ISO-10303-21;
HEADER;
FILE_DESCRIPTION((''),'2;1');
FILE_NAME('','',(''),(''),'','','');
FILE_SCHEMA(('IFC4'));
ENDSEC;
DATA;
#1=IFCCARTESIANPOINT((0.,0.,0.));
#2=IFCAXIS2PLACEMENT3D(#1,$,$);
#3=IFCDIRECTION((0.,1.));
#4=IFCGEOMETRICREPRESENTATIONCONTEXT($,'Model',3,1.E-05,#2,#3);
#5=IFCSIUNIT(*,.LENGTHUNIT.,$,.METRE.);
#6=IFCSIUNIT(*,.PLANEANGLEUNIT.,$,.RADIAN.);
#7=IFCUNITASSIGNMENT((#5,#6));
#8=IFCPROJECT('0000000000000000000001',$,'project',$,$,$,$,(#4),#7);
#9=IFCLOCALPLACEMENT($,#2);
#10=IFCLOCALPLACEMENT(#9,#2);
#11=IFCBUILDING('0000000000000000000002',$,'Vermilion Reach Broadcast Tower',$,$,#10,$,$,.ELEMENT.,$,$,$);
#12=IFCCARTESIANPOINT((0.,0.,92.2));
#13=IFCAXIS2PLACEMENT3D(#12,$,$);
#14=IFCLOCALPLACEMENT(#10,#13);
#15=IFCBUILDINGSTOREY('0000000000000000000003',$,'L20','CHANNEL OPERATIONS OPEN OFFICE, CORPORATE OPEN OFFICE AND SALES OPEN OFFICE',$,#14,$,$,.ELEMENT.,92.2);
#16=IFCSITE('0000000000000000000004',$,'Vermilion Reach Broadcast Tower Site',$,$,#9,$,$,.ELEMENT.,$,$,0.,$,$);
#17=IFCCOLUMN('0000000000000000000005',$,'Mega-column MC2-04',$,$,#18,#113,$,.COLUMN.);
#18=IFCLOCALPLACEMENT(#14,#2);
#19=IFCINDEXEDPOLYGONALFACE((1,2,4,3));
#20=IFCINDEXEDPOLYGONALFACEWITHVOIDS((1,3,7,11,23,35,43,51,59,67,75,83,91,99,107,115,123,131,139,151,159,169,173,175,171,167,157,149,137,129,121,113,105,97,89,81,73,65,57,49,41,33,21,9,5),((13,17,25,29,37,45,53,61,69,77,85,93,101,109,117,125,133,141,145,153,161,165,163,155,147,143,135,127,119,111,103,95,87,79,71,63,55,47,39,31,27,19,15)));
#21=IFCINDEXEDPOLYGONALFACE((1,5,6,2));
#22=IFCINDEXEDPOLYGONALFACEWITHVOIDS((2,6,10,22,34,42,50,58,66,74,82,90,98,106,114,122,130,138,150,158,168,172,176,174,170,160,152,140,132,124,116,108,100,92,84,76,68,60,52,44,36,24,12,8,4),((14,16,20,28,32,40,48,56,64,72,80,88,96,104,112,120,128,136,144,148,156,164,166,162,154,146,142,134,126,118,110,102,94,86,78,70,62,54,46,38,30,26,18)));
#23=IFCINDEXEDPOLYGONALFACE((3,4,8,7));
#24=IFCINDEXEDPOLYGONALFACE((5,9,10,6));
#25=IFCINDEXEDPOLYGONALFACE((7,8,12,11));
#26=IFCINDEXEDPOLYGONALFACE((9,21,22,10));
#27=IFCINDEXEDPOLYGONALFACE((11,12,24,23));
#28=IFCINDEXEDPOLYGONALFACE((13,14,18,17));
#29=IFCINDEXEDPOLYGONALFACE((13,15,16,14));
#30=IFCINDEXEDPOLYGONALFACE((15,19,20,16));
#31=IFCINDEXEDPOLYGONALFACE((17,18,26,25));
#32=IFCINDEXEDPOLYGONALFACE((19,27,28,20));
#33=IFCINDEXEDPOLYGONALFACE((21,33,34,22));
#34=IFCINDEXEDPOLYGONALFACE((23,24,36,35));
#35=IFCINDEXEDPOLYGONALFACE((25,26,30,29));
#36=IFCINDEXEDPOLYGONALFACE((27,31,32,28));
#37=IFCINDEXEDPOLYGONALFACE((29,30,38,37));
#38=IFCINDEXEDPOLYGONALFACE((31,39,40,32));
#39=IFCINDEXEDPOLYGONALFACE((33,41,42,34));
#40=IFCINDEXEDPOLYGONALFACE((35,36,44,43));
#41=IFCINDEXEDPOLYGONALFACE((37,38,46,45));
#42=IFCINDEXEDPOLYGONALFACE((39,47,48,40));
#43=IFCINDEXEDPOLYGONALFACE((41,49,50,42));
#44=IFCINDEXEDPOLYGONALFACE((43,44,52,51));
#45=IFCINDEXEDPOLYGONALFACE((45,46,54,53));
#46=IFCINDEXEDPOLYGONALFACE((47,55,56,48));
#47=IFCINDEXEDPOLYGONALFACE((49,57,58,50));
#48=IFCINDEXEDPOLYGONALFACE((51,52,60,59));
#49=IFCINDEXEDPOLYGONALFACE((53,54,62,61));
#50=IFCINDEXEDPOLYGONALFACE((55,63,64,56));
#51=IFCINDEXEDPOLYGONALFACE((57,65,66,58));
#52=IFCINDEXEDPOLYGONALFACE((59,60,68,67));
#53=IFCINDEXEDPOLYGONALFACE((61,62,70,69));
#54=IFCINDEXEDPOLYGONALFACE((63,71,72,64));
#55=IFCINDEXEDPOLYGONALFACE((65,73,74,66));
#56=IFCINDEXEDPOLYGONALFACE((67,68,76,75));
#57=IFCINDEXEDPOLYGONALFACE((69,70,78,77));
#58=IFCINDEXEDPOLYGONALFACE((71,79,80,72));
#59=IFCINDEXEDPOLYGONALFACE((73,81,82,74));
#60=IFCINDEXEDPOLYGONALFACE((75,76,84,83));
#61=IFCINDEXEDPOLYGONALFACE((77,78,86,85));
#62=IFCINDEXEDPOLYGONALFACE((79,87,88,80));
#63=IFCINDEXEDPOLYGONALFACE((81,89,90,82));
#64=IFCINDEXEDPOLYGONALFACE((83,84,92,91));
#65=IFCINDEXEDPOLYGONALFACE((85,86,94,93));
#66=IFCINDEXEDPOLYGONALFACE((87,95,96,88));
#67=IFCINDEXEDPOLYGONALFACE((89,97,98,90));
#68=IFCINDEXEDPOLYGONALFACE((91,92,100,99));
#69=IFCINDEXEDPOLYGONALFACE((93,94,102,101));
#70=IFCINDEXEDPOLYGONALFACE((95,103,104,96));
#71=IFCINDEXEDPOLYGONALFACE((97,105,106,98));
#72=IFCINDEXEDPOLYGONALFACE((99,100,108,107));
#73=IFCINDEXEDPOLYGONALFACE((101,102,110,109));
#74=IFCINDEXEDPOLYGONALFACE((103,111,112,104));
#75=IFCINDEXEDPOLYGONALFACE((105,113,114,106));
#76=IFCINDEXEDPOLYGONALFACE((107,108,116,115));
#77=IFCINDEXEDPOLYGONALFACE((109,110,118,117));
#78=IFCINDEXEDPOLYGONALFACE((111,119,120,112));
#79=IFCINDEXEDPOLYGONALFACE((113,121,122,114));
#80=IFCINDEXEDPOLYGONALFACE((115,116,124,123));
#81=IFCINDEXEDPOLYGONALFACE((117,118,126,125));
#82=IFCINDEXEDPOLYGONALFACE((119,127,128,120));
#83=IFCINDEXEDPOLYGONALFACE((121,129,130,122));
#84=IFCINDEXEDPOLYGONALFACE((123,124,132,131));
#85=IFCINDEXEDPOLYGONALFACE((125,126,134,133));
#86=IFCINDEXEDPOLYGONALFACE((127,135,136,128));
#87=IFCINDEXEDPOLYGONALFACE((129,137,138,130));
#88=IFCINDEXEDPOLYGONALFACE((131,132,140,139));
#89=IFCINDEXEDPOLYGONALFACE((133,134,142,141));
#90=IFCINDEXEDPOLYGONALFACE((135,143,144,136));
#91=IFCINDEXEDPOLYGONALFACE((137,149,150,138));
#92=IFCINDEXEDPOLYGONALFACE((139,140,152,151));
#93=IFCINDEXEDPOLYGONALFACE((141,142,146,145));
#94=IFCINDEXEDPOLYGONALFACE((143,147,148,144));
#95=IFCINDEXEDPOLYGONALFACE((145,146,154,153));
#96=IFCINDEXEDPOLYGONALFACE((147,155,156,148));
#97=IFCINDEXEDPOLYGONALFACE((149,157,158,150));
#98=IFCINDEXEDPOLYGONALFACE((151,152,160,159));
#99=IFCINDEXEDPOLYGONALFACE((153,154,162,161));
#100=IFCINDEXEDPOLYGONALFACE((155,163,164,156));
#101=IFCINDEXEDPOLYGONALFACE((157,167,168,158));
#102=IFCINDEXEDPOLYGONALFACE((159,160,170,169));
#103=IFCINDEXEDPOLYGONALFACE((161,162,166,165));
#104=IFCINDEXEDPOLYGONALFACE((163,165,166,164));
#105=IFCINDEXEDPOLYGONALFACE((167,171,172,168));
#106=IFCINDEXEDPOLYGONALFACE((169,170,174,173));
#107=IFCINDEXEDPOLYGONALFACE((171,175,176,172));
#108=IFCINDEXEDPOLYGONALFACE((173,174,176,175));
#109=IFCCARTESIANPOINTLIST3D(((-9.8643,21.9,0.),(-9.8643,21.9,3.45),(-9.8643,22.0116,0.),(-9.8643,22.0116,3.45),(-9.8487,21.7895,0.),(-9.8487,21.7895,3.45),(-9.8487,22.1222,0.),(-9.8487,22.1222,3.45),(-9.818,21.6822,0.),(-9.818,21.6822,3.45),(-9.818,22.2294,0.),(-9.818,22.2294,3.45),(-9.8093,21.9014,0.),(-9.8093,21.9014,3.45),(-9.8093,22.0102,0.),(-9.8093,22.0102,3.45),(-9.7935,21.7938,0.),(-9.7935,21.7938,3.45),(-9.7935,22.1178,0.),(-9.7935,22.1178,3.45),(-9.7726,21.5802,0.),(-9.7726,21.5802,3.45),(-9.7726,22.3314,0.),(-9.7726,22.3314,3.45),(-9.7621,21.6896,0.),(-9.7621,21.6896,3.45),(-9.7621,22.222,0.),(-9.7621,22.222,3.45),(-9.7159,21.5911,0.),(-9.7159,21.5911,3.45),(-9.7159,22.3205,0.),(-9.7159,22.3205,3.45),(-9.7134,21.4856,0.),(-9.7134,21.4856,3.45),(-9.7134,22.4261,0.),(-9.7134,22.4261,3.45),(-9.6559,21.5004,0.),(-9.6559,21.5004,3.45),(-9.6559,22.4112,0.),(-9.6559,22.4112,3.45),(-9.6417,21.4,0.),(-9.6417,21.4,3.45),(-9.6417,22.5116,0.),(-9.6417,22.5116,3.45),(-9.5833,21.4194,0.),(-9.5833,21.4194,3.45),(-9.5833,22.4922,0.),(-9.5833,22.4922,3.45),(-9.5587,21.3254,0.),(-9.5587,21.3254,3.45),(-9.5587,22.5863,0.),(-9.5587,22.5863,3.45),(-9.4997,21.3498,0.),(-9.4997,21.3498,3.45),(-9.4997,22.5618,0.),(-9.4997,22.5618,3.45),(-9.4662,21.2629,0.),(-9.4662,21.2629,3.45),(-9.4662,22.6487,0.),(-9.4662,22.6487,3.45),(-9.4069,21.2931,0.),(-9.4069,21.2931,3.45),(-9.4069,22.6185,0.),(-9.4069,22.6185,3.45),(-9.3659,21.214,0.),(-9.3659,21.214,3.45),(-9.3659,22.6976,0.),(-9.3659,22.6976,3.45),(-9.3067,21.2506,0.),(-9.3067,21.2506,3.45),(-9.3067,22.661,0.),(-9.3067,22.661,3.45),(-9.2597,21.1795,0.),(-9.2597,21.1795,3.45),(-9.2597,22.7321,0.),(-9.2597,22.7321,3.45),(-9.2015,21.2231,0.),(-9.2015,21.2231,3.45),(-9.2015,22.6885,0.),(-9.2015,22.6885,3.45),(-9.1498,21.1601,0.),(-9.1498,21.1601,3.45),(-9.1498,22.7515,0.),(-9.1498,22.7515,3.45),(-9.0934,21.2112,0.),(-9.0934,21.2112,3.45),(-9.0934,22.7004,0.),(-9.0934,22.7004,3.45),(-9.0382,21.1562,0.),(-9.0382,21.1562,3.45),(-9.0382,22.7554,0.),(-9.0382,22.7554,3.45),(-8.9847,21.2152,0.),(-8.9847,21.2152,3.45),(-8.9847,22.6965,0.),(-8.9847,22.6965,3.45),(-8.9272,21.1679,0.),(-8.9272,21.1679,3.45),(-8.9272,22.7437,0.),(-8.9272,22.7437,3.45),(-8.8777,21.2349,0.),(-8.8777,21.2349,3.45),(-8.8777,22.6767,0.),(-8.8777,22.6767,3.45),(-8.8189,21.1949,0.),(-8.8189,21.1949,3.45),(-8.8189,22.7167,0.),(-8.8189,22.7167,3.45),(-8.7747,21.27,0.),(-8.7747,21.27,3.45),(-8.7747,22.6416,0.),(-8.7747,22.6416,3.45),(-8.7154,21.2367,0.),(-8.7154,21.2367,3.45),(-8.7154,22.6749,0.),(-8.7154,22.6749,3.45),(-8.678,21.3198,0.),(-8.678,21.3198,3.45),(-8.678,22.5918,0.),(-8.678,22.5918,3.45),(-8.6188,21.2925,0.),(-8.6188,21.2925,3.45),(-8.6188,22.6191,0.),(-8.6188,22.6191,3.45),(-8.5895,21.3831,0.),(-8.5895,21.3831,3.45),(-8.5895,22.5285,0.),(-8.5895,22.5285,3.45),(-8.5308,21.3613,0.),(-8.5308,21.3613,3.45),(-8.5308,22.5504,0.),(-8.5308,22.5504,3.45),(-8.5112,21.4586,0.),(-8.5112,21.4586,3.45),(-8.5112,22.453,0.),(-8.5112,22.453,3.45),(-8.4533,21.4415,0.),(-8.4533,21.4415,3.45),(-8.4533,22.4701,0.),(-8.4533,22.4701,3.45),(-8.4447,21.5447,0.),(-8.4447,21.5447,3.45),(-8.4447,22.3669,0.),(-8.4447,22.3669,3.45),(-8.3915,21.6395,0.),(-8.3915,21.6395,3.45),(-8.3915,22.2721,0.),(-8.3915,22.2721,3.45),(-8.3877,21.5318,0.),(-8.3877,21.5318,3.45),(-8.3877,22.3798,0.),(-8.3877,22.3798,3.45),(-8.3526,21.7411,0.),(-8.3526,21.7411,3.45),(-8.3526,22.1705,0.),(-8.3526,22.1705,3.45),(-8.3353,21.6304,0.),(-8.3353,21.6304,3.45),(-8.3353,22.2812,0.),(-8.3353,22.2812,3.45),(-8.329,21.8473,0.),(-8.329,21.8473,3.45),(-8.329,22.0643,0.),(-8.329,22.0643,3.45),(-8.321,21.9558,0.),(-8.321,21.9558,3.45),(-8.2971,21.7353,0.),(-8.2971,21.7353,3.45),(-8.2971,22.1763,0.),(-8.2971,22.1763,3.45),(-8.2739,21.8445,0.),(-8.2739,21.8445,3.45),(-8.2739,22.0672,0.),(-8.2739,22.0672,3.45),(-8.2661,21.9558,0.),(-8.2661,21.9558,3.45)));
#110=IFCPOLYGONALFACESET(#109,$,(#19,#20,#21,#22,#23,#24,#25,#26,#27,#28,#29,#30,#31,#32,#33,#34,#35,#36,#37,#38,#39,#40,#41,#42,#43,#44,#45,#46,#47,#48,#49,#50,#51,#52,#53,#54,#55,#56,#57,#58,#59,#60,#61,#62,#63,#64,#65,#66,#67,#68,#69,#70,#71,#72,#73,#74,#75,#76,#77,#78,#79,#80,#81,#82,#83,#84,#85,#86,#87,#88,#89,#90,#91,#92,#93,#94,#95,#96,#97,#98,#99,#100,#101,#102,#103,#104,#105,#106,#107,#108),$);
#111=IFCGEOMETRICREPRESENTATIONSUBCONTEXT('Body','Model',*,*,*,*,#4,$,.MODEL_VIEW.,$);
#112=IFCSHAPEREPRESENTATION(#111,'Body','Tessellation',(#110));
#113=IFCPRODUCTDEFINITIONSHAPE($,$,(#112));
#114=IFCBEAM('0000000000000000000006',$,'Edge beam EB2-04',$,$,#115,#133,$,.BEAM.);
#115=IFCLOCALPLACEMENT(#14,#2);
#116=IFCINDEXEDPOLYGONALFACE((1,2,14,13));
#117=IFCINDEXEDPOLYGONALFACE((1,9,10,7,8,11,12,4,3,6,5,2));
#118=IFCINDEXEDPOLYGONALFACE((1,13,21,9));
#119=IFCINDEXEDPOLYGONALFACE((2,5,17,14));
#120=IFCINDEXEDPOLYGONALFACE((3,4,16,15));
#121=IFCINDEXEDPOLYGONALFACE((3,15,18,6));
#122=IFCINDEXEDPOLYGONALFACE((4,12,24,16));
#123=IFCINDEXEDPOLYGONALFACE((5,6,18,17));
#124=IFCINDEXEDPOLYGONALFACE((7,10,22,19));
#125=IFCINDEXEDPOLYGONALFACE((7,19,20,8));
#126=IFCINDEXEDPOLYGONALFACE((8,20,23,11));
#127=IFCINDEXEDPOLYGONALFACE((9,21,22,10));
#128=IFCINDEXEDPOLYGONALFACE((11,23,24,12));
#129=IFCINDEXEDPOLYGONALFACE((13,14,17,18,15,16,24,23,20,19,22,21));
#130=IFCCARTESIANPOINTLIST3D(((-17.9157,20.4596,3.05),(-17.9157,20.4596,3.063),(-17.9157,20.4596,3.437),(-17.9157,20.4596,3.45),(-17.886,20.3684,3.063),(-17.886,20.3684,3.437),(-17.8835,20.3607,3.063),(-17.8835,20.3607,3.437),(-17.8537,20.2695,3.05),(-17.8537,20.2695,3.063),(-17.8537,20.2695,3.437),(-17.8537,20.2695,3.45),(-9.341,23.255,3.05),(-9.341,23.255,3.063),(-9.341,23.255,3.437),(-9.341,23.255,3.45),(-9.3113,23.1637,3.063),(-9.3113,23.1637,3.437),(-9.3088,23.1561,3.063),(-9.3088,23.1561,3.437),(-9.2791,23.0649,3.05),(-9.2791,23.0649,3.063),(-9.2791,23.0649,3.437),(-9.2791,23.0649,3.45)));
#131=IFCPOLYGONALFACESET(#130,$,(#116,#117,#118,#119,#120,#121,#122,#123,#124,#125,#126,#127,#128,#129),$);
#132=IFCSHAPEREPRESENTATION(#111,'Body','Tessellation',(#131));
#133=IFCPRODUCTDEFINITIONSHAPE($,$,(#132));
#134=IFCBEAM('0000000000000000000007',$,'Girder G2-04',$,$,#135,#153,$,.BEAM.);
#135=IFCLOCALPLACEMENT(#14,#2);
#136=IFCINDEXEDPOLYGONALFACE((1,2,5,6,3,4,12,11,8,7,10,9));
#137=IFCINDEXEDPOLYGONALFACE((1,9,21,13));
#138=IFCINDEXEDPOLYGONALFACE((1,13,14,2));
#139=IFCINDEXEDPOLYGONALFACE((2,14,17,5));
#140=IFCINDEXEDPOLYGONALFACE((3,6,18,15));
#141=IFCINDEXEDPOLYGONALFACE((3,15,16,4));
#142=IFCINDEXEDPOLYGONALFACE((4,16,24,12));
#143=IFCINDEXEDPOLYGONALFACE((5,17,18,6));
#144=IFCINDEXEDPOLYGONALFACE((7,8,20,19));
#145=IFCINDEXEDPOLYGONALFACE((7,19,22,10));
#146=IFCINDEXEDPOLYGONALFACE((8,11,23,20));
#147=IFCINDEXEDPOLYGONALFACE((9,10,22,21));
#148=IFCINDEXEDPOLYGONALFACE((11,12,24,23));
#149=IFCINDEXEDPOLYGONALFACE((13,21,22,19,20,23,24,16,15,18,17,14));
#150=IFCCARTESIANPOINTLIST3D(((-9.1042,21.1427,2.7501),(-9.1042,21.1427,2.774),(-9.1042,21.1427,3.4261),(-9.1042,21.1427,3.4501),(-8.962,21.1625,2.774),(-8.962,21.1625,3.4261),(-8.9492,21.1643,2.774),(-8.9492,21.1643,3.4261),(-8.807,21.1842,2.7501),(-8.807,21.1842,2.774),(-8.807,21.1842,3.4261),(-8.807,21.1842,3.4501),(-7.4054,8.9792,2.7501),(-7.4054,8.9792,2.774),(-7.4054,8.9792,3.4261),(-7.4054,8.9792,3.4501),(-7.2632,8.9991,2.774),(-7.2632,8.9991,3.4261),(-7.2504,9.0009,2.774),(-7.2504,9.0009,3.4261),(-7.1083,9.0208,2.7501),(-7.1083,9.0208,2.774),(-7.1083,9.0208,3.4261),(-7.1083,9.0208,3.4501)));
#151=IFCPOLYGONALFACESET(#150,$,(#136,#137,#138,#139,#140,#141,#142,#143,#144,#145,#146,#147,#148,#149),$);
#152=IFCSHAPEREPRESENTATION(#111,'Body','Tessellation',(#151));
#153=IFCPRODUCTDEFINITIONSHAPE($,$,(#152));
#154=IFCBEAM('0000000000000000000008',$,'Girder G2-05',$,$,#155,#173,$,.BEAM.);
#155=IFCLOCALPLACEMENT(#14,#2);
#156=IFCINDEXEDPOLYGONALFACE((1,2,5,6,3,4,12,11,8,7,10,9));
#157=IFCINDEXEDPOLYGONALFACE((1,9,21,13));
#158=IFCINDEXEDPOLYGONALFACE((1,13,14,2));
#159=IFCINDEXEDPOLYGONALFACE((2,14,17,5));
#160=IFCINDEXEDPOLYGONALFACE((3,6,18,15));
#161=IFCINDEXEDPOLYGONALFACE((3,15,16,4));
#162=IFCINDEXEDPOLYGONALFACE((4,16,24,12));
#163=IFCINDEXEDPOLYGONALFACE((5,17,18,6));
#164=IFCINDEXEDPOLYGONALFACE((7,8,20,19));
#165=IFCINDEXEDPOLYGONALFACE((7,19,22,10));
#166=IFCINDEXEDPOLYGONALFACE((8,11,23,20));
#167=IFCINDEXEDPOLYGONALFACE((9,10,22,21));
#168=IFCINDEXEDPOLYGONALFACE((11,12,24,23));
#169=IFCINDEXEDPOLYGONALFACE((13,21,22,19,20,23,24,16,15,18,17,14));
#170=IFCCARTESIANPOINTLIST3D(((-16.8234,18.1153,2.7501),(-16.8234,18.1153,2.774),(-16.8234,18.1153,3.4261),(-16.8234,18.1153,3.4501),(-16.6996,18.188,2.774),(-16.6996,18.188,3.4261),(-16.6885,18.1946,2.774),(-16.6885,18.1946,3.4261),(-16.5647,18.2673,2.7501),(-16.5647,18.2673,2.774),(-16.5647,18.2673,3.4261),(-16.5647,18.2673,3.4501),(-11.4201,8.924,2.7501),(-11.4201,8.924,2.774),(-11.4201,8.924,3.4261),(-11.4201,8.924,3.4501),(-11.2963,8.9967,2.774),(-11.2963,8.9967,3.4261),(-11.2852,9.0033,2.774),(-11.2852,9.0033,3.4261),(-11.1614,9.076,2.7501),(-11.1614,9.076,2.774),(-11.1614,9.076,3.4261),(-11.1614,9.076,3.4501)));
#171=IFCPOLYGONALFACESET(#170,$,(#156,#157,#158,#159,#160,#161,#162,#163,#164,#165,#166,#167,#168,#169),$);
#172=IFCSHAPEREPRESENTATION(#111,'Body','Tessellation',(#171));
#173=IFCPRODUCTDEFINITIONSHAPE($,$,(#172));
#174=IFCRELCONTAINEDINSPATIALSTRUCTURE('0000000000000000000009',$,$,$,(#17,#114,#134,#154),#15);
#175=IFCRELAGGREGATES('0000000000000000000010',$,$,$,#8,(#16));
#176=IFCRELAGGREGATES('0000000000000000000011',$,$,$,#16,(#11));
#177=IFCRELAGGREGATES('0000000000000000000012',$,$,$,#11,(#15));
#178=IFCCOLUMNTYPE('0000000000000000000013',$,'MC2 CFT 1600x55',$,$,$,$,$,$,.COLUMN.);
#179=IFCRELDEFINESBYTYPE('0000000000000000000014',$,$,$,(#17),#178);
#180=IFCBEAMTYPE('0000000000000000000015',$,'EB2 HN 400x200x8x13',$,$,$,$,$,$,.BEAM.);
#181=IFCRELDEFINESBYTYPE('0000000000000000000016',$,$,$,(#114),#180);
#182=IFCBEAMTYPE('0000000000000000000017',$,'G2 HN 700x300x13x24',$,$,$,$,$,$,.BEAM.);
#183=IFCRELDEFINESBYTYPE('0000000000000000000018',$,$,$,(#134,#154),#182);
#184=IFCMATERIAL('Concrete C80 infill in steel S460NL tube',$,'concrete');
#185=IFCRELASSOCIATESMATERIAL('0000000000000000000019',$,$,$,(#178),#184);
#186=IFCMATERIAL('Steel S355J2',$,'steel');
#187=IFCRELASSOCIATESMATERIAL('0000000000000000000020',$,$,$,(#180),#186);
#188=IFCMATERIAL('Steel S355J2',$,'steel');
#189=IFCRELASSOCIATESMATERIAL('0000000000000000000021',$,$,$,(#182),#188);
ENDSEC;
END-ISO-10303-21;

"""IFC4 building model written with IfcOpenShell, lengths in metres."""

from ifc_helpers import new_model, si_unit, direction, frame, origin, origin_2d, place, context, subcontext, project, spatial, hollow_circle, i_section, extrude, material, material_profile, profile_set, type_object, element, save


model = new_model("IFC4")

# Units and contexts
model_context = context("Model", 3, precision=1e-05, world=origin(), true_north=direction((0.0, 1.0)))
body_context = subcontext(model_context, "Body", "Model", "MODEL_VIEW")
ifc_project = project(units=[si_unit("LENGTHUNIT", "METRE"), si_unit("PLANEANGLEUNIT", "RADIAN")], contexts=[model_context])

# Site, building, storey
site_placement = place(None, origin())
site = spatial("IfcSite", under=ifc_project, at=site_placement, Name="Vermilion Reach Broadcast Tower Site", CompositionType="ELEMENT", RefElevation=0.0)
building_placement = place(site_placement, origin())
building = spatial("IfcBuilding", under=site, at=building_placement, Name="Vermilion Reach Broadcast Tower", CompositionType="ELEMENT")
storey_placement = place(building_placement, frame((0.0, 0.0, 92.2)))
storey = spatial("IfcBuildingStorey", under=building, at=storey_placement, Name="L20", Description="CHANNEL OPERATIONS OPEN OFFICE, CORPORATE OPEN OFFICE AND SALES OPEN OFFICE", CompositionType="ELEMENT", Elevation=92.2)

# Column
ifc_material_1 = material(Name="Concrete C80 infill in steel S460NL tube", Category="concrete")
ifc_material_profile_1 = material_profile(ifc_material_1, hollow_circle(Radius=0.8, WallThickness=0.0549, at=origin_2d()), Name="Concrete C80 infill in steel S460NL tube CFT 1600x55")
ifc_profile_set_1 = profile_set([ifc_material_profile_1], Name="Concrete C80 infill in steel S460NL tube")
column_type = type_object("IfcColumnType", Name="MC2 CFT 1600x55", PredefinedType="COLUMN", material=ifc_profile_set_1)
column_placement = place(storey_placement, frame((-9.0662, 21.9558, 0.0), z_axis=(0.0, 0.0, 1.0), x_axis=(1.0, 0.0, 0.0)))
element("IfcColumn", 1, at=column_placement, inside=storey, type_object=column_type, Name="Mega-column MC2-04", PredefinedType="COLUMN", context=body_context, shape_type="SweptSolid", body=[
    extrude(hollow_circle(Radius=0.8, WallThickness=0.0549, at=origin_2d()), origin(), (0.0, 0.0, 1.0), 3.45),
])

# Beams
ifc_material_2 = material(Name="Steel S355J2", Category="steel")
ifc_material_profile_2 = material_profile(ifc_material_2, i_section(OverallWidth=0.2, OverallDepth=0.3999, WebThickness=0.0081, FlangeThickness=0.0129, at=origin_2d()), Name="S355J2 HN 400x200x8x13")
ifc_profile_set_2 = profile_set([ifc_material_profile_2], Name="Steel S355J2")
beam_type_1 = type_object("IfcBeamType", Name="EB2 HN 400x200x8x13", PredefinedType="BEAM", material=ifc_profile_set_2)
beam_1_placement = place(storey_placement, frame((-9.3101, 23.1599, 3.25), z_axis=(-0.950752, -0.309951, 0.0), x_axis=(0.309951, -0.950752, 0.0)))
element("IfcBeam", 2, at=beam_1_placement, inside=storey, type_object=beam_type_1, Name="Edge beam EB2-04", PredefinedType="BEAM", context=body_context, shape_type="SweptSolid", body=[
    extrude(i_section(OverallWidth=0.2, OverallDepth=0.3999, WebThickness=0.0081, FlangeThickness=0.0129, at=origin_2d()), origin(), (0.0, 0.0, 1.0), 9.0188),
])
ifc_material_3 = material(Name="Steel S355J2", Category="steel")
ifc_material_profile_3 = material_profile(ifc_material_3, i_section(OverallWidth=0.3, OverallDepth=0.7, WebThickness=0.0129, FlangeThickness=0.0239, at=origin_2d()), Name="S355J2 HN 700x300x13x24")
ifc_profile_set_3 = profile_set([ifc_material_profile_3], Name="Steel S355J2")
beam_type_2 = type_object("IfcBeamType", Name="G2 HN 700x300x13x24", PredefinedType="BEAM", material=ifc_profile_set_3)
beam_2_placement = place(storey_placement, frame((-7.2568, 9.0, 3.1001), z_axis=(-0.138318, 0.990388, 0.0), x_axis=(-0.990388, -0.138318, 0.0)))
element("IfcBeam", 3, at=beam_2_placement, inside=storey, type_object=beam_type_2, Name="Girder G2-04", PredefinedType="BEAM", context=body_context, shape_type="SweptSolid", body=[
    extrude(i_section(OverallWidth=0.3, OverallDepth=0.7, WebThickness=0.0129, FlangeThickness=0.0239, at=origin_2d()), origin(), (0.0, 0.0, 1.0), 12.2815),
])
beam_3_placement = place(storey_placement, frame((-11.2908, 9.0, 3.1001), z_axis=(-0.506784, 0.862073, 0.0), x_axis=(-0.862073, -0.506784, 0.0)))
element("IfcBeam", 4, at=beam_3_placement, inside=storey, type_object=beam_type_2, Name="Girder G2-05", PredefinedType="BEAM", context=body_context, shape_type="SweptSolid", body=[
    extrude(i_section(OverallWidth=0.3, OverallDepth=0.7, WebThickness=0.0129, FlangeThickness=0.0239, at=origin_2d()), origin(), (0.0, 0.0, 1.0), 10.6619),
])

save(model, "model.ifc")
